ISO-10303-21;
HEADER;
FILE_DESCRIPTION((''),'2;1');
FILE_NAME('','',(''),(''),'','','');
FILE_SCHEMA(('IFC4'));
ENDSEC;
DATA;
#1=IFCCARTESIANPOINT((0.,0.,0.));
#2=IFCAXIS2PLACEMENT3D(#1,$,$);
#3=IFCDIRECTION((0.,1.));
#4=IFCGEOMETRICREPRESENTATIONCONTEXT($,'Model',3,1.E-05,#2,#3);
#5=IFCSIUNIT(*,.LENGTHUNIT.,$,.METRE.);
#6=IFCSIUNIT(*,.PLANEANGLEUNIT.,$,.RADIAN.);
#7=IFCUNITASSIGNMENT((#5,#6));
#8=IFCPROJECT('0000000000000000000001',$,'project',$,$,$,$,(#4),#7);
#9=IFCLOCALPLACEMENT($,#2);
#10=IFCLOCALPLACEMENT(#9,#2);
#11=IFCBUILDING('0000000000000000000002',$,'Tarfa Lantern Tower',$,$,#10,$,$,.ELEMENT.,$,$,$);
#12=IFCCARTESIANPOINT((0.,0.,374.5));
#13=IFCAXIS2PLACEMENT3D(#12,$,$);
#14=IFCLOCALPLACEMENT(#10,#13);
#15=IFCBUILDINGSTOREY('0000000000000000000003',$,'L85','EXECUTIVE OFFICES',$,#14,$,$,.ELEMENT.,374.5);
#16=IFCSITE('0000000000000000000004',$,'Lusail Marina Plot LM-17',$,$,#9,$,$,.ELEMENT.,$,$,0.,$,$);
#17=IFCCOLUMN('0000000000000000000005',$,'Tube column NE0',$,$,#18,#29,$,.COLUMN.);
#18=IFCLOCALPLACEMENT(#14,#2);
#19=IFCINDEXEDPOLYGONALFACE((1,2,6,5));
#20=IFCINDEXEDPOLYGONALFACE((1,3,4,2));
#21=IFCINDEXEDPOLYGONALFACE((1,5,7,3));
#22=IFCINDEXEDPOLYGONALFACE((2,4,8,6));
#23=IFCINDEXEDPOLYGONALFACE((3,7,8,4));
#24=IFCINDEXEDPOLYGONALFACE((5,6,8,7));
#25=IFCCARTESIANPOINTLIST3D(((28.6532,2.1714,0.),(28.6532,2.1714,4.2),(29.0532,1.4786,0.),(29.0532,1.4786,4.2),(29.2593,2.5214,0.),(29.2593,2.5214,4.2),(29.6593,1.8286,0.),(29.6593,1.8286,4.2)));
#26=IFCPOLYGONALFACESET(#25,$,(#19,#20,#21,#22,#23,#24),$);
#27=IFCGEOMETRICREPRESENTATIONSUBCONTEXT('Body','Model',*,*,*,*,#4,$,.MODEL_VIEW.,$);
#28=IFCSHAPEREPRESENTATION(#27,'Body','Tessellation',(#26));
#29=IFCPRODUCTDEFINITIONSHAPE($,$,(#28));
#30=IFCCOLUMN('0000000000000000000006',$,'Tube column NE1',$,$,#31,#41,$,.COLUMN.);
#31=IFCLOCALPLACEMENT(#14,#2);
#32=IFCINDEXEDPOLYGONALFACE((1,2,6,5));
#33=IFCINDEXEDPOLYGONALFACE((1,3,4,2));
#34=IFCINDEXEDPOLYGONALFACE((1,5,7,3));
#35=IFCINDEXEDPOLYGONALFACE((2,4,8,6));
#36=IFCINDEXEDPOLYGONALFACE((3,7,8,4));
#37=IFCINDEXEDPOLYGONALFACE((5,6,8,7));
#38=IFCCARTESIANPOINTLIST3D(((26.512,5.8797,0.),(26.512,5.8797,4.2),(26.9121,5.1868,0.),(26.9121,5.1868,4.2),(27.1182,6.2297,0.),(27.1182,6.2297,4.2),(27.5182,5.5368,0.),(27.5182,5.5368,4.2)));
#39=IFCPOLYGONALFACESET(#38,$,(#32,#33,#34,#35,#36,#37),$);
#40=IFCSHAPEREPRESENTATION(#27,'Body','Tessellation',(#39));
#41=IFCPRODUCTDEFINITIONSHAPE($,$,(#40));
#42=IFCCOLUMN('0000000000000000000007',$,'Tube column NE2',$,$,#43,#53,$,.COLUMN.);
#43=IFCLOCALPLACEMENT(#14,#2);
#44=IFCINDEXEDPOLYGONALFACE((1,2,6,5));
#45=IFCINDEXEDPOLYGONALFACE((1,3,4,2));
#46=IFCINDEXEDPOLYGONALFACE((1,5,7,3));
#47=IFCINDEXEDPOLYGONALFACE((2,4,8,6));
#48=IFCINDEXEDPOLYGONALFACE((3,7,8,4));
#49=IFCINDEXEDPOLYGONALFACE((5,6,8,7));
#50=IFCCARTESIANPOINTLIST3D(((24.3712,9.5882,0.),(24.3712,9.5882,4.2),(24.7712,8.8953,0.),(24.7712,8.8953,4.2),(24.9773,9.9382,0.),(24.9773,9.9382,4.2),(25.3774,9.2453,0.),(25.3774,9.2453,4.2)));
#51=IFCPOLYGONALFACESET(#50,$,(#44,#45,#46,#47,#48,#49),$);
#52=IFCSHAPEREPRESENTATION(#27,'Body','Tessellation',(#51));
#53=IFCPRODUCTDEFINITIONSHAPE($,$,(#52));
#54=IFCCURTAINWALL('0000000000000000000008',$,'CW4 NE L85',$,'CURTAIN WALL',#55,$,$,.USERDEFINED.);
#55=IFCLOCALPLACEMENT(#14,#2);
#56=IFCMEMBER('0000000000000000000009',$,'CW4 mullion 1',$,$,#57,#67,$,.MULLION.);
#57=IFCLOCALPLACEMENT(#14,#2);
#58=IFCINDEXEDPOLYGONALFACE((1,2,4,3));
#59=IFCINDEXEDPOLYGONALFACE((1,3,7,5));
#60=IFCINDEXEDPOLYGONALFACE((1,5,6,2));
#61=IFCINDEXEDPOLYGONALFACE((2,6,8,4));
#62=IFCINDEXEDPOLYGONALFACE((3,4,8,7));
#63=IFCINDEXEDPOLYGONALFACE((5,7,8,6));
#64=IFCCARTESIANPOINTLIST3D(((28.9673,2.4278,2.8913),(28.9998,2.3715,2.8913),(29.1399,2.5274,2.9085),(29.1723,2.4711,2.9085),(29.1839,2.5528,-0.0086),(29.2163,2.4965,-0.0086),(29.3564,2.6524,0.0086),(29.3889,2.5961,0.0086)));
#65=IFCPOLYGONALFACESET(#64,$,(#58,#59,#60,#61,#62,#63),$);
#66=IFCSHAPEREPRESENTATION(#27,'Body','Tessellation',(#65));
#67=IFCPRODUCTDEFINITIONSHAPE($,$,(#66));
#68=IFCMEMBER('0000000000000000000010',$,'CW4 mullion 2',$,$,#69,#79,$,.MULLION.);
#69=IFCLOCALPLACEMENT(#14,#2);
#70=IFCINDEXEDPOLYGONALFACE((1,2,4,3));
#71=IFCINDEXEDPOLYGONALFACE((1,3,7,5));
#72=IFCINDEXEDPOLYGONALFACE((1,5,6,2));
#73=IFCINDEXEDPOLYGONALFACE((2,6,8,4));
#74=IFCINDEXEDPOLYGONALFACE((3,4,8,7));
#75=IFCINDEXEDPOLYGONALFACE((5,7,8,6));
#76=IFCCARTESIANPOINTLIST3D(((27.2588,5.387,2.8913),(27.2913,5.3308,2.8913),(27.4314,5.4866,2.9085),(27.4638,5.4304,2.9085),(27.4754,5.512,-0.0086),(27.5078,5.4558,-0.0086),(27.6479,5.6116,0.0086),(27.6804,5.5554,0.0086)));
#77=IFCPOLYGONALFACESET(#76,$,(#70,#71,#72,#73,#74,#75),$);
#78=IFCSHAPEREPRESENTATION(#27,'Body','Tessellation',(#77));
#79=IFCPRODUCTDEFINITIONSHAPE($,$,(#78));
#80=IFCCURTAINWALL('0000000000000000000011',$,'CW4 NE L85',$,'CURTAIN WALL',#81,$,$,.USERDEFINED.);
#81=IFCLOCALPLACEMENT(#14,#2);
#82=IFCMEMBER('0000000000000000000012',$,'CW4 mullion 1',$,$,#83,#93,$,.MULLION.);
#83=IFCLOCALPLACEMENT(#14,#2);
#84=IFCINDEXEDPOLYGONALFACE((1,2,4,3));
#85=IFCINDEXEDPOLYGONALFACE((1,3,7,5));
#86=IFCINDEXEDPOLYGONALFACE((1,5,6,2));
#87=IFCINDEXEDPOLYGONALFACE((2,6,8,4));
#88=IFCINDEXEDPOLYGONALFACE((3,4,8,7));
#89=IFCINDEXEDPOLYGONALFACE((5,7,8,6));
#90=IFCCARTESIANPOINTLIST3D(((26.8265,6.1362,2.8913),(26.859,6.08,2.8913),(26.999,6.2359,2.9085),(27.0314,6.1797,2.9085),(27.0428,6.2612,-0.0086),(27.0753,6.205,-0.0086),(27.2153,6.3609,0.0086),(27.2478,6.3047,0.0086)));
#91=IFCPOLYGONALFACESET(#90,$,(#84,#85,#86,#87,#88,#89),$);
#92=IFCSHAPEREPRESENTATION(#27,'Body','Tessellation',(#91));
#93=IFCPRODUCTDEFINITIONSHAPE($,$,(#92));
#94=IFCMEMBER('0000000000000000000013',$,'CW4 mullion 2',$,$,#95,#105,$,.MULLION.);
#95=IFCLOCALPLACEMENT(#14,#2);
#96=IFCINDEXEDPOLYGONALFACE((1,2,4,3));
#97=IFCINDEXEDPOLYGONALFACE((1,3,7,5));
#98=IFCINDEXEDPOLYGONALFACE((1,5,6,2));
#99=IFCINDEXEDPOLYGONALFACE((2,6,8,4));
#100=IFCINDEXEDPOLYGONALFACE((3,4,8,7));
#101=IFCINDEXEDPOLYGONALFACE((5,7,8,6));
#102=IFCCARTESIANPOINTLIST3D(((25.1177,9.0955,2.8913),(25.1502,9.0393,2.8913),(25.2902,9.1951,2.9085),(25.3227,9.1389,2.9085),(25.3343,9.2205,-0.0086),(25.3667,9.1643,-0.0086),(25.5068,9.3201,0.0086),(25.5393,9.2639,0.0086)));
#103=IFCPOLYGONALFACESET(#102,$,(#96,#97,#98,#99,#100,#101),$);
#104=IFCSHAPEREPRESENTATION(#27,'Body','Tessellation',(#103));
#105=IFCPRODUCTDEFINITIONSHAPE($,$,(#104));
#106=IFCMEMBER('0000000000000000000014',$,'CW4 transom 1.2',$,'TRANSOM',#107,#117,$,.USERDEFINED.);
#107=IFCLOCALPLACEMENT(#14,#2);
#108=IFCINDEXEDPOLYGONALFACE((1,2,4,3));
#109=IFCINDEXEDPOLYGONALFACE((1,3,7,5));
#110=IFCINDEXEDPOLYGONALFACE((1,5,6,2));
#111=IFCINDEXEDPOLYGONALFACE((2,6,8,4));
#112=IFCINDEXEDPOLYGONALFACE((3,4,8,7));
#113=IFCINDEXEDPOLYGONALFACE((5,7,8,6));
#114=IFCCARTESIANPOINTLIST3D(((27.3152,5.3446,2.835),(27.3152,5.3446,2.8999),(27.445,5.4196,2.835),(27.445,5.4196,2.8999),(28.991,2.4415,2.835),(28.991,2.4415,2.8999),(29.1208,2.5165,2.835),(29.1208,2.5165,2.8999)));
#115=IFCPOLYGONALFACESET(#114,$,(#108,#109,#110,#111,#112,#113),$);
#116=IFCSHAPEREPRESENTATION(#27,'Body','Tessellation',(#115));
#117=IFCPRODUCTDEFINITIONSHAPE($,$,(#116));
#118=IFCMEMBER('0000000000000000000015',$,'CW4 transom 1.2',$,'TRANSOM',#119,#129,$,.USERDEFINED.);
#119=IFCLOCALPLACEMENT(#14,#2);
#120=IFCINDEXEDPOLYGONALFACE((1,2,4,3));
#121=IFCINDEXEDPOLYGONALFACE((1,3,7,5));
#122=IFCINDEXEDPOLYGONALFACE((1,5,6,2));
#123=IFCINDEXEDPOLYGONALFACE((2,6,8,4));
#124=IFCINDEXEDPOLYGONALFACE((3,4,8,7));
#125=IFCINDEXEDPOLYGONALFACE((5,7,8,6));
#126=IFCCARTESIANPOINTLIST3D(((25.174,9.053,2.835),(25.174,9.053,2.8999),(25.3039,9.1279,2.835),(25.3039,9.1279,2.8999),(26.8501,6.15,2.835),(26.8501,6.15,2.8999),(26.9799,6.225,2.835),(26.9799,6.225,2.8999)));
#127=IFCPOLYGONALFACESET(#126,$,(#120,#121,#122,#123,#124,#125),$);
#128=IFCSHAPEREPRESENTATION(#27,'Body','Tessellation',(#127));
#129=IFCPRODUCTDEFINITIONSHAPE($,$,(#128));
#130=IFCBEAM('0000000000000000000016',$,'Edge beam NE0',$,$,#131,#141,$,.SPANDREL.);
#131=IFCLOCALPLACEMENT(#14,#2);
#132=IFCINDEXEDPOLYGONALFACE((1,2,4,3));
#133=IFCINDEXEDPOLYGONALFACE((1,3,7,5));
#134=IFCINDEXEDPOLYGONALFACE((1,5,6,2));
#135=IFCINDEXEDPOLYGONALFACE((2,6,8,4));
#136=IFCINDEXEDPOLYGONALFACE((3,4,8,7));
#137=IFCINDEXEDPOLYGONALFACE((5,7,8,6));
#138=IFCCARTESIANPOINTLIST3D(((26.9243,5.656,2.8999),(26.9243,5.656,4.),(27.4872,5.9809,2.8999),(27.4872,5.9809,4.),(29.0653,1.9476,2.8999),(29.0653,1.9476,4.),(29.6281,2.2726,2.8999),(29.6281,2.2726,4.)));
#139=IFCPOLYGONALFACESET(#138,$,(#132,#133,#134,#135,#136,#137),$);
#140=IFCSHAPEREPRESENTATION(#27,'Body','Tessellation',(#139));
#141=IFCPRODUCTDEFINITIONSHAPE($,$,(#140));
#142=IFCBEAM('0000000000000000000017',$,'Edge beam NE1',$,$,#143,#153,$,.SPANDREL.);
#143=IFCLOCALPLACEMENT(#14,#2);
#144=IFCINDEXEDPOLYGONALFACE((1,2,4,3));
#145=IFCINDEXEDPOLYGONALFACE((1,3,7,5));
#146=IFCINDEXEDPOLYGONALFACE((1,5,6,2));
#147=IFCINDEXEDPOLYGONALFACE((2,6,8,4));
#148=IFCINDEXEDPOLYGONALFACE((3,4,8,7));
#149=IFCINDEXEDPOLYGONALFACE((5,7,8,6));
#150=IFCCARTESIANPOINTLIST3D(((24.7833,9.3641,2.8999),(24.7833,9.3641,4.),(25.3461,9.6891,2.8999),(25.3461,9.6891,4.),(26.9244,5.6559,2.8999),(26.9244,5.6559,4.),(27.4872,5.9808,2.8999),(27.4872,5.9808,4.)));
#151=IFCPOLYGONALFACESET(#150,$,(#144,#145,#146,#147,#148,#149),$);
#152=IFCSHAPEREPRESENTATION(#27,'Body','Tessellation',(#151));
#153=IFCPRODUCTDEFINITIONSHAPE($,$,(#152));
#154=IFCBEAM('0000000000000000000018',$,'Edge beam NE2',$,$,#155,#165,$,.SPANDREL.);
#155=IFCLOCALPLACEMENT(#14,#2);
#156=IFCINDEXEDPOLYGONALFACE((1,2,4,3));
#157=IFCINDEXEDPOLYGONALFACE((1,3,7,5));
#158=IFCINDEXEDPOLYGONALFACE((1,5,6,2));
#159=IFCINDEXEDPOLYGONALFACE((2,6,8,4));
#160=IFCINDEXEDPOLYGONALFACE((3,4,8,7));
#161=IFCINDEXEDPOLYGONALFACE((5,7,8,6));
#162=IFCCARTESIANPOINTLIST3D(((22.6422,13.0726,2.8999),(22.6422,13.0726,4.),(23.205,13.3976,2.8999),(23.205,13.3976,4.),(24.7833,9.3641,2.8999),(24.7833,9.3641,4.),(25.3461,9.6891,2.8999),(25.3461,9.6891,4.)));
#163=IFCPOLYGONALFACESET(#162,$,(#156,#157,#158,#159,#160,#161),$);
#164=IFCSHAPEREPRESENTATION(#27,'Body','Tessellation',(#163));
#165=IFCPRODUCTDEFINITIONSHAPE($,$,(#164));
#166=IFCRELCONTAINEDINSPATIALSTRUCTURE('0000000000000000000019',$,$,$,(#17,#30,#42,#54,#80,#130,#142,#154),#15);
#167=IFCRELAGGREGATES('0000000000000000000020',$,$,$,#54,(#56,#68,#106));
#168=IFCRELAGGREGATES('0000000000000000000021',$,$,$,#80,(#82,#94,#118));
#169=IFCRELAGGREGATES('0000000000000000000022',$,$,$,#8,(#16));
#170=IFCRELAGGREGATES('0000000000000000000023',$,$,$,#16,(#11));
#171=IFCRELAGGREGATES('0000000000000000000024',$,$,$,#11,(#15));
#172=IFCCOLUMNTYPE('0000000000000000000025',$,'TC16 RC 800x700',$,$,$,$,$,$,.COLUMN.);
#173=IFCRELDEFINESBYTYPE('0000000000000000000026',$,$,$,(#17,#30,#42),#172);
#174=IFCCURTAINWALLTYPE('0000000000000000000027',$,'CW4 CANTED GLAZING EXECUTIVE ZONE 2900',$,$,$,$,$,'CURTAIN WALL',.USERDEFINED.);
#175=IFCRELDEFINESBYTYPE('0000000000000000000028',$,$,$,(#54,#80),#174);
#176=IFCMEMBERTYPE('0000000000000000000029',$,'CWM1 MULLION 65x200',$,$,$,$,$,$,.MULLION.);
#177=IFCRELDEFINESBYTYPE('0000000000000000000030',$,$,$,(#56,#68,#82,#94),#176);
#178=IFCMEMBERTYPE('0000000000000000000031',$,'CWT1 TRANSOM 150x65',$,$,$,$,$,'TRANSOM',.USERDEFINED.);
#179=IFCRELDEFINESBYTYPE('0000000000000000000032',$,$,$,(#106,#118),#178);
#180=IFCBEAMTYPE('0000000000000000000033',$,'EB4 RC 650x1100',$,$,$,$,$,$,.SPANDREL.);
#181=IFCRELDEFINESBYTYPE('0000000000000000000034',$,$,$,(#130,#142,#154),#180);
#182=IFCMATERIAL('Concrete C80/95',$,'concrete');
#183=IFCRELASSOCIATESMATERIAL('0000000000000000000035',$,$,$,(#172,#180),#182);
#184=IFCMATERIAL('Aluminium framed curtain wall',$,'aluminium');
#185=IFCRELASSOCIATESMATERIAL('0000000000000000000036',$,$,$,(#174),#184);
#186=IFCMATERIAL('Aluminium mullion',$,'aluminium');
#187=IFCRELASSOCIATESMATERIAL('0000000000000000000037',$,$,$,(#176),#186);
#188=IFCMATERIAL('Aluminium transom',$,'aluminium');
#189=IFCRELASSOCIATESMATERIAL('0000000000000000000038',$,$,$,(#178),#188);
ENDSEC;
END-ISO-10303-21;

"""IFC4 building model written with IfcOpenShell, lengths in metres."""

from ifc_helpers import new_model, si_unit, direction, frame, origin, origin_2d, place, context, subcontext, project, spatial, rectangle, extrude, material, material_profile, profile_set, type_object, element, aggregate, save


model = new_model("IFC4")

# Units and contexts
model_context = context("Model", 3, precision=1e-05, world=origin(), true_north=direction((0.0, 1.0)))
body_context = subcontext(model_context, "Body", "Model", "MODEL_VIEW")
ifc_project = project(units=[si_unit("LENGTHUNIT", "METRE"), si_unit("PLANEANGLEUNIT", "RADIAN")], contexts=[model_context])

# Site, building, storey
site_placement = place(None, origin())
site = spatial("IfcSite", under=ifc_project, at=site_placement, Name="Lusail Marina Plot LM-17", CompositionType="ELEMENT", RefElevation=0.0)
building_placement = place(site_placement, origin())
building = spatial("IfcBuilding", under=site, at=building_placement, Name="Tarfa Lantern Tower", CompositionType="ELEMENT")
storey_placement = place(building_placement, frame((0.0, 0.0, 374.5)))
storey = spatial("IfcBuildingStorey", under=building, at=storey_placement, Name="L85", Description="EXECUTIVE OFFICES", CompositionType="ELEMENT", Elevation=374.5)

# Columns
ifc_material_1 = material(Name="Concrete C80/95", Category="concrete")
ifc_material_profile_1 = material_profile(ifc_material_1, rectangle(XDim=0.8, YDim=0.7, at=origin_2d()), Name="RC 800x700")
ifc_profile_set_1 = profile_set([ifc_material_profile_1], Name="Concrete C80/95")
column_type = type_object("IfcColumnType", Name="TC16 RC 800x700", PredefinedType="COLUMN", material=ifc_profile_set_1)
for number, where, z_axis, x_axis, name in (
    (1, (29.1562, 2.0, 0.0), (0.0, 0.0, 1.0), (-0.5, 0.866025, 0.0), "Tube column NE0"),
    (2, (27.0151, 5.7083, 0.0), (0.0, 0.0, 1.0), (-0.5, 0.866025, 0.0), "Tube column NE1"),
    (3, (24.8743, 9.4167, 0.0), (0.0, 0.0, 1.0), (-0.5, 0.866025, 0.0), "Tube column NE2"),
):
    element("IfcColumn", number, at=place(storey_placement, frame(where, z_axis=z_axis, x_axis=x_axis)), inside=storey, type_object=column_type, Name=name, PredefinedType="COLUMN", context=body_context, shape_type="SweptSolid", body=[
        extrude(rectangle(XDim=0.8, YDim=0.7, at=origin_2d()), origin(), (0.0, 0.0, 1.0), 4.2),
    ])

# Curtain walls, members
ifc_material_2 = material(Name="Aluminium framed curtain wall", Category="aluminium")
curtain_wall_type = type_object("IfcCurtainWallType", Name="CW4 CANTED GLAZING EXECUTIVE ZONE 2900", ElementType="CURTAIN WALL", PredefinedType="USERDEFINED", material=ifc_material_2)
curtain_wall_1_placement = place(storey_placement, origin())
curtain_wall_1 = element("IfcCurtainWall", 4, at=curtain_wall_1_placement, inside=storey, type_object=curtain_wall_type, Name="CW4 NE L85", ObjectType="CURTAIN WALL", PredefinedType="USERDEFINED")
ifc_material_3 = material(Name="Aluminium mullion", Category="aluminium")
ifc_material_profile_2 = material_profile(ifc_material_3, rectangle(XDim=0.0649, YDim=0.2, at=origin_2d()), Name="AL MULLION 65x200")
ifc_profile_set_2 = profile_set([ifc_material_profile_2], Name="Aluminium mullion")
member_type_1 = type_object("IfcMemberType", Name="CWM1 MULLION 65x200", PredefinedType="MULLION", material=ifc_profile_set_2)
member_1_placement = place(storey_placement, frame((29.2864, 2.5745, 0.0), z_axis=(-0.0744, -0.042946, 0.996303), x_axis=(0.49992, -0.866072, 0.0)))
member_1 = element("IfcMember", 5, at=member_1_placement, type_object=member_type_1, Name="CW4 mullion 1", PredefinedType="MULLION", context=body_context, shape_type="SweptSolid", body=[
    extrude(rectangle(XDim=0.0649, YDim=0.2, at=origin_2d()), origin(), (0.0, 0.0, 1.0), 2.9106),
])
member_2_placement = place(storey_placement, frame((27.5779, 5.5337, 0.0), z_axis=(-0.0744, -0.042946, 0.996303), x_axis=(0.49992, -0.866072, 0.0)))
member_2 = element("IfcMember", 6, at=member_2_placement, type_object=member_type_1, Name="CW4 mullion 2", PredefinedType="MULLION", context=body_context, shape_type="SweptSolid", body=[
    extrude(rectangle(XDim=0.0649, YDim=0.2, at=origin_2d()), origin(), (0.0, 0.0, 1.0), 2.9106),
])
curtain_wall_2_placement = place(storey_placement, origin())
curtain_wall_2 = element("IfcCurtainWall", 7, at=curtain_wall_2_placement, inside=storey, type_object=curtain_wall_type, Name="CW4 NE L85", ObjectType="CURTAIN WALL", PredefinedType="USERDEFINED")
member_3_placement = place(storey_placement, frame((27.1453, 6.283, 0.0), z_axis=(-0.074316, -0.042946, 0.99631), x_axis=(0.500343, -0.865827, 0.0)))
member_3 = element("IfcMember", 8, at=member_3_placement, type_object=member_type_1, Name="CW4 mullion 1", PredefinedType="MULLION", context=body_context, shape_type="SweptSolid", body=[
    extrude(rectangle(XDim=0.0649, YDim=0.2, at=origin_2d()), origin(), (0.0, 0.0, 1.0), 2.9106),
])
member_4_placement = place(storey_placement, frame((25.4368, 9.2422, 0.0), z_axis=(-0.0744, -0.042946, 0.996303), x_axis=(0.49992, -0.866072, 0.0)))
member_4 = element("IfcMember", 9, at=member_4_placement, type_object=member_type_1, Name="CW4 mullion 2", PredefinedType="MULLION", context=body_context, shape_type="SweptSolid", body=[
    extrude(rectangle(XDim=0.0649, YDim=0.2, at=origin_2d()), origin(), (0.0, 0.0, 1.0), 2.9106),
])

# Members
ifc_material_4 = material(Name="Aluminium transom", Category="aluminium")
ifc_material_profile_3 = material_profile(ifc_material_4, rectangle(XDim=0.1499, YDim=0.0649, at=origin_2d()), Name="AL TRANSOM 150x65")
ifc_profile_set_3 = profile_set([ifc_material_profile_3], Name="Aluminium transom")
member_type_2 = type_object("IfcMemberType", Name="CWT1 TRANSOM 150x65", ElementType="TRANSOM", PredefinedType="USERDEFINED", material=ifc_profile_set_3)
member_5_placement = place(storey_placement, frame((29.0559, 2.479, 2.8674), z_axis=(-0.499931, 0.866066, 0.0), x_axis=(-0.866066, -0.499931, 0.0)))
member_5 = element("IfcMember", 10, at=member_5_placement, type_object=member_type_2, Name="CW4 transom 1.2", ObjectType="TRANSOM", PredefinedType="USERDEFINED", context=body_context, shape_type="SweptSolid", body=[
    extrude(rectangle(XDim=0.1499, YDim=0.0649, at=origin_2d()), origin(), (0.0, 0.0, 1.0), 3.3521),
])
member_6_placement = place(storey_placement, frame((26.915, 6.1875, 2.8674), z_axis=(-0.500017, 0.866016, 0.0), x_axis=(-0.866016, -0.500017, 0.0)))
member_6 = element("IfcMember", 11, at=member_6_placement, type_object=member_type_2, Name="CW4 transom 1.2", ObjectType="TRANSOM", PredefinedType="USERDEFINED", context=body_context, shape_type="SweptSolid", body=[
    extrude(rectangle(XDim=0.1499, YDim=0.0649, at=origin_2d()), origin(), (0.0, 0.0, 1.0), 3.3521),
])

# Beams
ifc_material_profile_4 = material_profile(ifc_material_1, rectangle(XDim=0.6499, YDim=1.1001, at=origin_2d()), Name="RC 650x1100")
ifc_profile_set_4 = profile_set([ifc_material_profile_4], Name="Concrete C80/95")
beam_type_1 = type_object("IfcBeamType", Name="EB4 RC 650x1100", PredefinedType="SPANDREL", material=ifc_profile_set_4)
for number, where, z_axis, x_axis, name in (
    (12, (29.3467, 2.1101, 3.45), (-0.499984, 0.866035, 0.0), (-0.866035, -0.499984, 0.0), "Edge beam NE0"),
    (13, (27.2058, 5.8184, 3.45), (-0.500027, 0.86601, 0.0), (-0.86601, -0.500027, 0.0), "Edge beam NE1"),
):
    element("IfcBeam", number, at=place(storey_placement, frame(where, z_axis=z_axis, x_axis=x_axis)), inside=storey, type_object=beam_type_1, Name=name, PredefinedType="SPANDREL", context=body_context, shape_type="SweptSolid", body=[
        extrude(rectangle(XDim=0.6499, YDim=1.1001, at=origin_2d()), origin(), (0.0, 0.0, 1.0), 4.282),
    ])
beam_1_placement = place(storey_placement, frame((25.0647, 9.5266, 3.45), z_axis=(-0.500002, 0.866024, 0.0), x_axis=(-0.866024, -0.500002, 0.0)))
element("IfcBeam", 14, at=beam_1_placement, inside=storey, type_object=beam_type_1, Name="Edge beam NE2", PredefinedType="SPANDREL", context=body_context, shape_type="SweptSolid", body=[
    extrude(rectangle(XDim=0.6499, YDim=1.1001, at=origin_2d()), origin(), (0.0, 0.0, 1.0), 4.2822),
])

aggregate(curtain_wall_1, [member_1, member_2, member_5])
aggregate(curtain_wall_2, [member_3, member_4, member_6])

save(model, "model.ifc")
